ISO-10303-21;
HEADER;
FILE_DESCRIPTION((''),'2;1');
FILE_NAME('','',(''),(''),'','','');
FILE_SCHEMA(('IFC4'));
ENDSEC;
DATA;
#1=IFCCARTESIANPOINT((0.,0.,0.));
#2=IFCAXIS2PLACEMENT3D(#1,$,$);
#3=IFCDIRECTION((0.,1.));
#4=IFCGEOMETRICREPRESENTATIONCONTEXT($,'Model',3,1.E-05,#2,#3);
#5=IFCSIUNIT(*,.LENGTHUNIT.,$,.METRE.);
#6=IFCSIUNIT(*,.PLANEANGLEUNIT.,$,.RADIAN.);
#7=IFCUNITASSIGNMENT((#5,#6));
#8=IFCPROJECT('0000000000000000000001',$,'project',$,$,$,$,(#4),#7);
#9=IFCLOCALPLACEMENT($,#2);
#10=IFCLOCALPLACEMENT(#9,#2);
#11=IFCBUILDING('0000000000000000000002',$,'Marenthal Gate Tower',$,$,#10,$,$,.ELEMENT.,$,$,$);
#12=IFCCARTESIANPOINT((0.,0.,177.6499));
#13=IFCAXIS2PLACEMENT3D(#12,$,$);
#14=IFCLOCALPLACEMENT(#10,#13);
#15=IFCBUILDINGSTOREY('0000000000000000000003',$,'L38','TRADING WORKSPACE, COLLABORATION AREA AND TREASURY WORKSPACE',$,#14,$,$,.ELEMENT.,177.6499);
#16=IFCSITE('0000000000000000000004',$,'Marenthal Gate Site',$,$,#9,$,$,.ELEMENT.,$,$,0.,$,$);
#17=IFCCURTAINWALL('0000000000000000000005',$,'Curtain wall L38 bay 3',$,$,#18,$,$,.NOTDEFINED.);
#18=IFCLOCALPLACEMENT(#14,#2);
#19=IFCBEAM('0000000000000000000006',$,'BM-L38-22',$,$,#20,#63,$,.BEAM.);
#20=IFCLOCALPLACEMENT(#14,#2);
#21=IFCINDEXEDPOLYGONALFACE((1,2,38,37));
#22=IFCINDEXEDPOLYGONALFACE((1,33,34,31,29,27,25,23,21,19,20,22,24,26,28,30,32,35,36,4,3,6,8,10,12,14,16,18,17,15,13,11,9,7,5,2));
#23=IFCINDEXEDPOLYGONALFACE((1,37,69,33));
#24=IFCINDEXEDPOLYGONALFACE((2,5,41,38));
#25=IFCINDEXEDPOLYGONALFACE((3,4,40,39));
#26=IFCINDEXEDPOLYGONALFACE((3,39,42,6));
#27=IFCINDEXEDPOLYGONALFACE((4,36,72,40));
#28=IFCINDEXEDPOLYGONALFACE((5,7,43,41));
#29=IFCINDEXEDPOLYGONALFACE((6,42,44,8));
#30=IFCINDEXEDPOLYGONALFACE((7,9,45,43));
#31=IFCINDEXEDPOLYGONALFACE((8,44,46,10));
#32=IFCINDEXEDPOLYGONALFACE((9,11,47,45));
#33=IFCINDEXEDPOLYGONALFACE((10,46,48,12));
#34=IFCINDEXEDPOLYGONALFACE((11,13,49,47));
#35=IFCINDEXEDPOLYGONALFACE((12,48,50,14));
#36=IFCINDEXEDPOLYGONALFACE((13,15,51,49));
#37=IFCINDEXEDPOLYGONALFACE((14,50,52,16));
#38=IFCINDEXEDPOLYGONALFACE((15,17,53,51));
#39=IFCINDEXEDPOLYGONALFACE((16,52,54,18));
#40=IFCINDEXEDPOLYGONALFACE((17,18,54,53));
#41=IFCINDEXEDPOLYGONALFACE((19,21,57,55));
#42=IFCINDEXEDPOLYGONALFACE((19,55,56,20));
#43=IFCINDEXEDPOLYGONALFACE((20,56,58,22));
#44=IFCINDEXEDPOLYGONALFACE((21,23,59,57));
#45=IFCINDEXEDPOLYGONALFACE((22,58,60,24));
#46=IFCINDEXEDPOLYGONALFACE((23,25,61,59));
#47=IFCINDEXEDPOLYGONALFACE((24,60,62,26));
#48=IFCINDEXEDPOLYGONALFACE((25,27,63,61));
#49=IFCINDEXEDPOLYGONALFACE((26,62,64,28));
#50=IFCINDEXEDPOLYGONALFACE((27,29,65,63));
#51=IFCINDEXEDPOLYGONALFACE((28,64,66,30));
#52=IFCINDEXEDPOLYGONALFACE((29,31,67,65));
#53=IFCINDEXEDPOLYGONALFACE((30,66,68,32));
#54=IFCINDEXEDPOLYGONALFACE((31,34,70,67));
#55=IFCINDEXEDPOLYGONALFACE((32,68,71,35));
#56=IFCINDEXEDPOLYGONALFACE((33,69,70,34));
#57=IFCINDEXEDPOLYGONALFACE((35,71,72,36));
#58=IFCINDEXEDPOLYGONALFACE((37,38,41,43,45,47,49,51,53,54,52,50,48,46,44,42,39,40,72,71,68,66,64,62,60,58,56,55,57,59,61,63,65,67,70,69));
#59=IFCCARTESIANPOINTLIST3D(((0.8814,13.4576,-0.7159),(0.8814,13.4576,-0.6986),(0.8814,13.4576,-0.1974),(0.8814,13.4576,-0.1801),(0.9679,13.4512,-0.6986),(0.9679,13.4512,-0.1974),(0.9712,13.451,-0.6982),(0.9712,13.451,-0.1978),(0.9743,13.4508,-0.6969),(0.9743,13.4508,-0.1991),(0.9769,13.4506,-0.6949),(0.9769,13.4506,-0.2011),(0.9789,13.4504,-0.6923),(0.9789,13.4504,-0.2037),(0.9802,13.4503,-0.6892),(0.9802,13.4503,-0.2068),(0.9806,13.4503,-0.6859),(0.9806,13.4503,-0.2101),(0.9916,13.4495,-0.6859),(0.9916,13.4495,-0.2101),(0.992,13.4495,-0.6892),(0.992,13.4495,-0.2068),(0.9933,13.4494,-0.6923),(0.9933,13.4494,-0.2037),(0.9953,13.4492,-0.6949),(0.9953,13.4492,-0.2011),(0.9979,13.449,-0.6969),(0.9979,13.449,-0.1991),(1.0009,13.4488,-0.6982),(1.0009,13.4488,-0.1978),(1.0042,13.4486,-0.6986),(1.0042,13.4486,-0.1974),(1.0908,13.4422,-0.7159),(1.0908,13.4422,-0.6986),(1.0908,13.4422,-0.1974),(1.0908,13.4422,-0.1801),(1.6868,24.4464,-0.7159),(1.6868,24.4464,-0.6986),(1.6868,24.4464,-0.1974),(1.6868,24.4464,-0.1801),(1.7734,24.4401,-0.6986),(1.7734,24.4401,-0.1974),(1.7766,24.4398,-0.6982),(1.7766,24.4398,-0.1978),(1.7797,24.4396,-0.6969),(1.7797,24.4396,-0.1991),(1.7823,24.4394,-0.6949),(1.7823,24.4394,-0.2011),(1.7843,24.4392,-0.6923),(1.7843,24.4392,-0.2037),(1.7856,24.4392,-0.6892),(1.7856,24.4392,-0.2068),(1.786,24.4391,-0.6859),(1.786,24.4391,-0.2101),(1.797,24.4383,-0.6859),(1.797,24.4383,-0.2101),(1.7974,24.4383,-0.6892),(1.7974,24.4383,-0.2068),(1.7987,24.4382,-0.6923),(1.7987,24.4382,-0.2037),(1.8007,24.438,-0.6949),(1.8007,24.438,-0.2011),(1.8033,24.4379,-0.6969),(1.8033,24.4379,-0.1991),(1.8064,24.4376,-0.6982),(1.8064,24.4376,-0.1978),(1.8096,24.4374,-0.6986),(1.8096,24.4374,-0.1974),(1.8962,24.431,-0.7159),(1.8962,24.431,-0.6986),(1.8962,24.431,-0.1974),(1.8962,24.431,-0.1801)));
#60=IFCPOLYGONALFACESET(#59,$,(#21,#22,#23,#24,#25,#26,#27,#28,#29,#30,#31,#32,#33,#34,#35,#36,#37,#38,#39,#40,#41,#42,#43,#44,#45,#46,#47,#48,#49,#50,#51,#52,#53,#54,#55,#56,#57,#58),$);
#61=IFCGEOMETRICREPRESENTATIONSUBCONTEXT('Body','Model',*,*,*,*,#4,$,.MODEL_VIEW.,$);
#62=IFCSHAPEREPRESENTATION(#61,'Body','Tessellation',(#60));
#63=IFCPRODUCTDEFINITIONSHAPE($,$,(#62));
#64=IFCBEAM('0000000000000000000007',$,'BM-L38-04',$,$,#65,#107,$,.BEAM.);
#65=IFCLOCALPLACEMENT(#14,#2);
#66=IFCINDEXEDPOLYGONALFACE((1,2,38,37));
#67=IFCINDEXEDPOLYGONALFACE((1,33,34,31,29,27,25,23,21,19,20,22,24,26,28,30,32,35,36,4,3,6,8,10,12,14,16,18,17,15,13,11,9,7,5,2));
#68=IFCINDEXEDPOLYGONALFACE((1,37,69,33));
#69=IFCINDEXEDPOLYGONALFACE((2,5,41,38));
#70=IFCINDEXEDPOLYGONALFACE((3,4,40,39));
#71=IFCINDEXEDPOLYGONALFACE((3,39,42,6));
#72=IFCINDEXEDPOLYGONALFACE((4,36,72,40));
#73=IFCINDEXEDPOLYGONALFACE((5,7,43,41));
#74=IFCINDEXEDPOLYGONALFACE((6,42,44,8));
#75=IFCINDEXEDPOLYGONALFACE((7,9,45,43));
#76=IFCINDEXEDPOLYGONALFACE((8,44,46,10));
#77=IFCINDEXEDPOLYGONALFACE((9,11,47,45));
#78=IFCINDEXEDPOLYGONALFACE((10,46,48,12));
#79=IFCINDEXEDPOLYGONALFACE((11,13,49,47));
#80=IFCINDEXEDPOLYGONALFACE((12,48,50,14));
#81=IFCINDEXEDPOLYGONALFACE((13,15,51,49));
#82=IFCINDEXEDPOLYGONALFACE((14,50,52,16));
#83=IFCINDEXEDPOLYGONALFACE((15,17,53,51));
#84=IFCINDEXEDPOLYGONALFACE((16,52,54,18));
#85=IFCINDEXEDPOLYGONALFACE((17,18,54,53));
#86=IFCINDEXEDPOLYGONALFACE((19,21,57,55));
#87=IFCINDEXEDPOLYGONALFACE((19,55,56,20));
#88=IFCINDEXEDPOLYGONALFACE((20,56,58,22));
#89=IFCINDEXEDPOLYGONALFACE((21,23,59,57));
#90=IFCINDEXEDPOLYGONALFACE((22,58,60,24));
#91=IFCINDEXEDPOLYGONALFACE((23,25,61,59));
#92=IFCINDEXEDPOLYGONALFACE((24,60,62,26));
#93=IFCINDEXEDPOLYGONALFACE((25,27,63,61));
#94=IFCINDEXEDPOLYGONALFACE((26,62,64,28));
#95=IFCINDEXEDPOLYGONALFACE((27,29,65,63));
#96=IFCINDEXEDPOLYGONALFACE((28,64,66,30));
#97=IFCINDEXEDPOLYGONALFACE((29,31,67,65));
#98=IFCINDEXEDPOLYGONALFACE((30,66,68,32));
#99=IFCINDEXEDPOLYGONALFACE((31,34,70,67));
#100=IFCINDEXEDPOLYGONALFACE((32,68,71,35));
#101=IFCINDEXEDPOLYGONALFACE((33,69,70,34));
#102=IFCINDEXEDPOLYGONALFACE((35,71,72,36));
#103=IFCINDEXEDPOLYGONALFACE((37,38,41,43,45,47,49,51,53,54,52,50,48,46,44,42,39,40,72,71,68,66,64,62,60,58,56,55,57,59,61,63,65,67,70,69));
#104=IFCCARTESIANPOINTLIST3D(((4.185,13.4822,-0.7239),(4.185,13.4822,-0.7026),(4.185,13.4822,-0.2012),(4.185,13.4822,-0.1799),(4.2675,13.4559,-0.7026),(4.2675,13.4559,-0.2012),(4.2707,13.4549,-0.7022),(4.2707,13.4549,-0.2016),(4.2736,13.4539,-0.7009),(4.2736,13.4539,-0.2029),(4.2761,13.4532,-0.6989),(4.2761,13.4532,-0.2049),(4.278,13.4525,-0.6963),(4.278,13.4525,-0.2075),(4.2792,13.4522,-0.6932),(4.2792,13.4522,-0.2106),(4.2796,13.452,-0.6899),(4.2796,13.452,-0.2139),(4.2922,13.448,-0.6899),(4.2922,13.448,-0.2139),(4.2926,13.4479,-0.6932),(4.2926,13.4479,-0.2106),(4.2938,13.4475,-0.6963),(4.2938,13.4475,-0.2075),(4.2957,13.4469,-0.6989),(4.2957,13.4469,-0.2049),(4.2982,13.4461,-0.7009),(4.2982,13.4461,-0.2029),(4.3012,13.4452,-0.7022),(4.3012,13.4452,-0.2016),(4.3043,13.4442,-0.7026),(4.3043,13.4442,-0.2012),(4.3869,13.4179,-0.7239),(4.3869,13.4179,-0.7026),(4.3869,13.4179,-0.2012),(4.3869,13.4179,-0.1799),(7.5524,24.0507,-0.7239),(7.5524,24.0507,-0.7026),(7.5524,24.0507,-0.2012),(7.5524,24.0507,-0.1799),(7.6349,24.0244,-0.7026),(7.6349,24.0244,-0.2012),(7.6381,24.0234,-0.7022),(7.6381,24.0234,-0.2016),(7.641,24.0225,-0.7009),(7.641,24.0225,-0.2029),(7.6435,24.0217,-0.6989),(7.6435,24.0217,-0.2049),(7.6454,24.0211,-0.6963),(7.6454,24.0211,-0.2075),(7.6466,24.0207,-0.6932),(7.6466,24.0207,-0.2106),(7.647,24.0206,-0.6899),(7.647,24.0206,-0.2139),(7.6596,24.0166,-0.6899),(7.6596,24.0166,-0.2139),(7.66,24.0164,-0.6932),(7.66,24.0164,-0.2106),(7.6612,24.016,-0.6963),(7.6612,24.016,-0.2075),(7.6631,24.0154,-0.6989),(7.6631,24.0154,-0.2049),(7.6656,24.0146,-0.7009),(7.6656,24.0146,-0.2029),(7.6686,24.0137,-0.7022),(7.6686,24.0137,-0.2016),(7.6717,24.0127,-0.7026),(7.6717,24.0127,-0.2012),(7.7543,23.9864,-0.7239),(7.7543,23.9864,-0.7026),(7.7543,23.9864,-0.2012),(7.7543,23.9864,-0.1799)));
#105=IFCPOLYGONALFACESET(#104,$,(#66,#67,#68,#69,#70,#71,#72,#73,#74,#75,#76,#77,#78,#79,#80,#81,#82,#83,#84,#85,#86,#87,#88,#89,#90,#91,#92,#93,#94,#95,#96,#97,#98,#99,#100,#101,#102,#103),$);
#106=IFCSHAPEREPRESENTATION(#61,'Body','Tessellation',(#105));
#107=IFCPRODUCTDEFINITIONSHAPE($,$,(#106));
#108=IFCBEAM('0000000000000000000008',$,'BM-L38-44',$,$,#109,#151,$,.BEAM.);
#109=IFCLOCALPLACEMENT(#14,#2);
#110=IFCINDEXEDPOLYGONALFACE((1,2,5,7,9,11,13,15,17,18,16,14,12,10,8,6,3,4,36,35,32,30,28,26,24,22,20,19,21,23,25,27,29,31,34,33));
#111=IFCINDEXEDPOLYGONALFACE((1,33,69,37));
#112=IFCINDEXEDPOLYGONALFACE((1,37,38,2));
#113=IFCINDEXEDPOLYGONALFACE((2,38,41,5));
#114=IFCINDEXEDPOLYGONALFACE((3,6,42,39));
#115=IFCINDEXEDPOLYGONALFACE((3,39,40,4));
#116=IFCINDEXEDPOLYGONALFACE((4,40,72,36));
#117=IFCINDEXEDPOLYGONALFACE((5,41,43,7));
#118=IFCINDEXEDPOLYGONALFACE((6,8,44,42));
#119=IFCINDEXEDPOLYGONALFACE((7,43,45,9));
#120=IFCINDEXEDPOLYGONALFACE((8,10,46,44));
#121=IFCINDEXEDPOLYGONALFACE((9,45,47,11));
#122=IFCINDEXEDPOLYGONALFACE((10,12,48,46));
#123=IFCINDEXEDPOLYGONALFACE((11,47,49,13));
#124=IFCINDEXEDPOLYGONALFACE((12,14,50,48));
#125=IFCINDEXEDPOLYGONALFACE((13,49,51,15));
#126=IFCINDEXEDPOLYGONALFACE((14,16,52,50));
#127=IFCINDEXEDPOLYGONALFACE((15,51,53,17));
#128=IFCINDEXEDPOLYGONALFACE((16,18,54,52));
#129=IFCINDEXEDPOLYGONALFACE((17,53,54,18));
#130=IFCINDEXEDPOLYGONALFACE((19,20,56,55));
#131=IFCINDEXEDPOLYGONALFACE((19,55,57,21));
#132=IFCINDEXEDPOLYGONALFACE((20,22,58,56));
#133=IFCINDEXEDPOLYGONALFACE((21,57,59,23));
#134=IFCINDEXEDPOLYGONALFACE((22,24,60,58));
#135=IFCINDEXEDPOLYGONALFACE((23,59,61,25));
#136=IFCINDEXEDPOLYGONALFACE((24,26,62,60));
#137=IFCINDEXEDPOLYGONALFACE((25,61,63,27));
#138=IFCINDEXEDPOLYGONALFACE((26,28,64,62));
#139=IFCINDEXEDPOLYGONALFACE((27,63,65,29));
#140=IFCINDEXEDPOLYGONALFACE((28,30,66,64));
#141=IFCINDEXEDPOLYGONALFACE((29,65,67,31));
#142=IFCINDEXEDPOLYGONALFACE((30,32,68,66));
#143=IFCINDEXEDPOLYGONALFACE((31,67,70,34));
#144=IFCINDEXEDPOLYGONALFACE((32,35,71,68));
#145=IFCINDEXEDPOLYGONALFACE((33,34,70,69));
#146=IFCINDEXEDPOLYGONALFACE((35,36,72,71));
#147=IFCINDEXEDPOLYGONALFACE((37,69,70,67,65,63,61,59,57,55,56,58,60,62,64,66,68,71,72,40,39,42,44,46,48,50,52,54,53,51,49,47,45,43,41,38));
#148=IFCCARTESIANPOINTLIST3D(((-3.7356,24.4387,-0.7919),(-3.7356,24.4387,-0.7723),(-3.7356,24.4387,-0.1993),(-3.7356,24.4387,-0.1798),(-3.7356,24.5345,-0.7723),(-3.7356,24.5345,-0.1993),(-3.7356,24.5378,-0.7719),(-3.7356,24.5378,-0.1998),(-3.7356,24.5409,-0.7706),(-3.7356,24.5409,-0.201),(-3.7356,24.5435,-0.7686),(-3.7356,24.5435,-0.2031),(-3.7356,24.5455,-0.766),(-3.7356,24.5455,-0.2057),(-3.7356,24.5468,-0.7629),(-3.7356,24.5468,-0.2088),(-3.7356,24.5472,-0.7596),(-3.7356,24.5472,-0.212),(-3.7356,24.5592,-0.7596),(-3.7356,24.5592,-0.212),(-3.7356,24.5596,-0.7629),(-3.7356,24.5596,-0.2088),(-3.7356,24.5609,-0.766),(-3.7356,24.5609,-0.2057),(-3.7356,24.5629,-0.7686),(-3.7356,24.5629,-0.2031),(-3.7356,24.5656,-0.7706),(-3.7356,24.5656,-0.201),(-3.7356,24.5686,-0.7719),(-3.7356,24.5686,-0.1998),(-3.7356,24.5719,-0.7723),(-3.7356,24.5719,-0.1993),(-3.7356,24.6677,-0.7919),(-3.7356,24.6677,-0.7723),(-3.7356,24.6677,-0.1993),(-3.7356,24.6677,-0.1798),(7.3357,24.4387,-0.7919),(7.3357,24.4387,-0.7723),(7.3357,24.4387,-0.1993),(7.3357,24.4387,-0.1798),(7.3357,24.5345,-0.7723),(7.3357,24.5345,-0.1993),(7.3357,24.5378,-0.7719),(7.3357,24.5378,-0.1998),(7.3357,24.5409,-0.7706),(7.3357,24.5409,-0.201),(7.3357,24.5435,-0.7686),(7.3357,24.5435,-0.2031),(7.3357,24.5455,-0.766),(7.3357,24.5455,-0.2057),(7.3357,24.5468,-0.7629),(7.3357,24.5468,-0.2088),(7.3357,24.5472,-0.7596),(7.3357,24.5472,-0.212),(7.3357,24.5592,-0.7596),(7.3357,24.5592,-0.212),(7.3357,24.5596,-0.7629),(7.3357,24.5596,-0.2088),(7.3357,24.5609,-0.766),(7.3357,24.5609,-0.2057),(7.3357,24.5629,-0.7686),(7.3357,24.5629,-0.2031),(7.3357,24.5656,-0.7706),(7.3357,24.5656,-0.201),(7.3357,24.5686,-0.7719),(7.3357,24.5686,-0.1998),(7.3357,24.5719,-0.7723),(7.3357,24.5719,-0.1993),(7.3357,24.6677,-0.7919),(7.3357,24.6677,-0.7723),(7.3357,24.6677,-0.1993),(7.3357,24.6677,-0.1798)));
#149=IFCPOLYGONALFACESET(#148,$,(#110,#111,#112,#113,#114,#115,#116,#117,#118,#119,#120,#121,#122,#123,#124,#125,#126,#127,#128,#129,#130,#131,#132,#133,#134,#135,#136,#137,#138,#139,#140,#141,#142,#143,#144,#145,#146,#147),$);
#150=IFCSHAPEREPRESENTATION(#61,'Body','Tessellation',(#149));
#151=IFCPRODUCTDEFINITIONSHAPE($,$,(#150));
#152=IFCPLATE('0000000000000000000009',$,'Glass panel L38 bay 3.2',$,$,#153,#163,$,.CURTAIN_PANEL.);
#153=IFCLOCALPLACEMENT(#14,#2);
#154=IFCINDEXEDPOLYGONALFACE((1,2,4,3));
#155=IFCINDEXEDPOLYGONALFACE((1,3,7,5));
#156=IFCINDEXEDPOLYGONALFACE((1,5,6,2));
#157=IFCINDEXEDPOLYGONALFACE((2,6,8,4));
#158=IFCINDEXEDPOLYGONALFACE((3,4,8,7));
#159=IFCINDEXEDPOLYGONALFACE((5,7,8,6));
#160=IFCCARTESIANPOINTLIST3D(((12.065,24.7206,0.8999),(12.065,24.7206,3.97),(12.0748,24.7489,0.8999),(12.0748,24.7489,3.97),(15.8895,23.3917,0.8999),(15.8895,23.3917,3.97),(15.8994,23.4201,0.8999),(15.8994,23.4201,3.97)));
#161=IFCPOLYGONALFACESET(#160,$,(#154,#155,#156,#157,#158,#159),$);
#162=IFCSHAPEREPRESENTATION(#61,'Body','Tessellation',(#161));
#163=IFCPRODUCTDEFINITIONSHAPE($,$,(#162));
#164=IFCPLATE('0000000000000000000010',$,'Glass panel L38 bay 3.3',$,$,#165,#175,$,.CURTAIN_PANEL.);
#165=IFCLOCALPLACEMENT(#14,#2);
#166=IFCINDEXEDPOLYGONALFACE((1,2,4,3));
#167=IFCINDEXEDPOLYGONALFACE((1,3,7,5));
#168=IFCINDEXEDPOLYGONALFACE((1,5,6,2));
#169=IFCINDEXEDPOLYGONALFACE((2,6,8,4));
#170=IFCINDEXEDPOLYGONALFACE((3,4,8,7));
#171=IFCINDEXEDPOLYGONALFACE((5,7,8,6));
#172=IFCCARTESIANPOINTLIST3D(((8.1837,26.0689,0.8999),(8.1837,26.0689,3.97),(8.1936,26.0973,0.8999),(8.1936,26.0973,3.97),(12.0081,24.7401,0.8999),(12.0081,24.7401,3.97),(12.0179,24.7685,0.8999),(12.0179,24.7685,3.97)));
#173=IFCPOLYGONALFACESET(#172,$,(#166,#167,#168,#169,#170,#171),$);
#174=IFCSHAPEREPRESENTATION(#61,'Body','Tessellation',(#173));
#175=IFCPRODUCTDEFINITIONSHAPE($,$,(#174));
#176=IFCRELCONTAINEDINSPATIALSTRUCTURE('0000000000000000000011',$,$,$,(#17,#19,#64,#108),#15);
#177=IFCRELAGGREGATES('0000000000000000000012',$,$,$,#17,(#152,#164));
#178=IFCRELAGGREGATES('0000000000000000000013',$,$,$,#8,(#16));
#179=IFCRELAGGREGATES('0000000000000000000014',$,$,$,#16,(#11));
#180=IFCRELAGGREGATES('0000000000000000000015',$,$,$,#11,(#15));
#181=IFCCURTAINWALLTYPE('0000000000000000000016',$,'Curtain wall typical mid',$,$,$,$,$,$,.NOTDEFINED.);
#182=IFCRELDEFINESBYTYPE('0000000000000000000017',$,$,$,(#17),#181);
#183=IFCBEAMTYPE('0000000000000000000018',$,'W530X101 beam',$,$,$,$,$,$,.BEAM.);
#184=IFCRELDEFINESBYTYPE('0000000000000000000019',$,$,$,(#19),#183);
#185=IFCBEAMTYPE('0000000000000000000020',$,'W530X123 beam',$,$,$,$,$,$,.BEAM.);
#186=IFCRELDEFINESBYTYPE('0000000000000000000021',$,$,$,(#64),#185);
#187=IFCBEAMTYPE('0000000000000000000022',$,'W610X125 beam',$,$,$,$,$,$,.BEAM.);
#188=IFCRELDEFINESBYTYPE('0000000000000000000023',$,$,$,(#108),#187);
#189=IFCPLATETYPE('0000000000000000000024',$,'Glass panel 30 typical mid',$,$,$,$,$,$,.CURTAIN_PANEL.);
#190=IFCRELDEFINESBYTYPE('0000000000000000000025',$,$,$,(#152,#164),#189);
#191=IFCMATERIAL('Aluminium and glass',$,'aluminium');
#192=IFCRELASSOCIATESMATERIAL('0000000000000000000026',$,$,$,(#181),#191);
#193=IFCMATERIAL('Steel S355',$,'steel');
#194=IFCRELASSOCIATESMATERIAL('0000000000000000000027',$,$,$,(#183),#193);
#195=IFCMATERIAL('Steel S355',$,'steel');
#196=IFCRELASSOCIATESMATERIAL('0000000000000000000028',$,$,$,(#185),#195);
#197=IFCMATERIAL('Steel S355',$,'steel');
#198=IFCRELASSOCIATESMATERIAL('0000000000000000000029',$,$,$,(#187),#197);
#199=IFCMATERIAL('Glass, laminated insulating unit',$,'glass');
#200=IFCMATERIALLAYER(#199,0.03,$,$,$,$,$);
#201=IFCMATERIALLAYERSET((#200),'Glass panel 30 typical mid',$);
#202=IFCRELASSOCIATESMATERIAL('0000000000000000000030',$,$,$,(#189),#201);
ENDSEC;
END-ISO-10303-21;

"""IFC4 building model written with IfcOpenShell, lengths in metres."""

from ifc_helpers import new_model, si_unit, direction, frame, origin, origin_2d, place, context, subcontext, project, spatial, rectangle, i_section, extrude, material, layer, layer_set, material_profile, profile_set, type_object, element, aggregate, save


model = new_model("IFC4")

# Units and contexts
model_context = context("Model", 3, precision=1e-05, world=origin(), true_north=direction((0.0, 1.0)))
body_context = subcontext(model_context, "Body", "Model", "MODEL_VIEW")
ifc_project = project(units=[si_unit("LENGTHUNIT", "METRE"), si_unit("PLANEANGLEUNIT", "RADIAN")], contexts=[model_context])

# Site, building, storey
site_placement = place(None, origin())
site = spatial("IfcSite", under=ifc_project, at=site_placement, Name="Marenthal Gate Site", CompositionType="ELEMENT", RefElevation=0.0)
building_placement = place(site_placement, origin())
building = spatial("IfcBuilding", under=site, at=building_placement, Name="Marenthal Gate Tower", CompositionType="ELEMENT")
storey_placement = place(building_placement, frame((0.0, 0.0, 177.6499)))
storey = spatial("IfcBuildingStorey", under=building, at=storey_placement, Name="L38", Description="TRADING WORKSPACE, COLLABORATION AREA AND TREASURY WORKSPACE", CompositionType="ELEMENT", Elevation=177.6499)

# Curtain wall
ifc_material_1 = material(Name="Aluminium and glass", Category="aluminium")
curtain_wall_type = type_object("IfcCurtainWallType", Name="Curtain wall typical mid", PredefinedType="NOTDEFINED", material=ifc_material_1)
curtain_wall_placement = place(storey_placement, origin())
curtain_wall = element("IfcCurtainWall", 1, at=curtain_wall_placement, inside=storey, type_object=curtain_wall_type, Name="Curtain wall L38 bay 3", PredefinedType="NOTDEFINED")

# Beams
ifc_material_2 = material(Name="Steel S355", Category="steel")
ifc_material_profile_1 = material_profile(ifc_material_2, i_section(OverallWidth=0.21, OverallDepth=0.5359, WebThickness=0.011, FlangeThickness=0.0173, FilletRadius=0.0127, at=origin_2d()), Name="W530X101")
ifc_profile_set_1 = profile_set([ifc_material_profile_1], Name="Steel S355")
beam_type_1 = type_object("IfcBeamType", Name="W530X101 beam", PredefinedType="BEAM", material=ifc_profile_set_1)
beam_1_placement = place(storey_placement, frame((1.7915, 24.4387, -0.448), z_axis=(-0.073099, -0.997325, 0.0), x_axis=(0.997325, -0.073099, 0.0)))
element("IfcBeam", 2, at=beam_1_placement, inside=storey, type_object=beam_type_1, Name="BM-L38-22", PredefinedType="BEAM", context=body_context, shape_type="SweptSolid", body=[
    extrude(i_section(OverallWidth=0.21, OverallDepth=0.5359, WebThickness=0.011, FlangeThickness=0.0173, FilletRadius=0.0127, at=origin_2d()), origin(), (0.0, 0.0, 1.0), 11.0183),
])
ifc_material_3 = material(Name="Steel S355", Category="steel")
ifc_material_profile_2 = material_profile(ifc_material_3, i_section(OverallWidth=0.2119, OverallDepth=0.5439, WebThickness=0.0132, FlangeThickness=0.0212, FilletRadius=0.0127, at=origin_2d()), Name="W530X123")
ifc_profile_set_2 = profile_set([ifc_material_profile_2], Name="Steel S355")
beam_type_2 = type_object("IfcBeamType", Name="W530X123 beam", PredefinedType="BEAM", material=ifc_profile_set_2)
beam_2_placement = place(storey_placement, frame((7.6533, 24.0186, -0.4519), z_axis=(-0.303588, -0.952803, 0.0), x_axis=(0.952803, -0.303588, 0.0)))
element("IfcBeam", 3, at=beam_2_placement, inside=storey, type_object=beam_type_2, Name="BM-L38-04", PredefinedType="BEAM", context=body_context, shape_type="SweptSolid", body=[
    extrude(i_section(OverallWidth=0.2119, OverallDepth=0.5439, WebThickness=0.0132, FlangeThickness=0.0212, FilletRadius=0.0127, at=origin_2d()), origin(), (0.0, 0.0, 1.0), 11.092),
])
ifc_material_4 = material(Name="Steel S355", Category="steel")
ifc_material_profile_3 = material_profile(ifc_material_4, i_section(OverallWidth=0.229, OverallDepth=0.6121, WebThickness=0.012, FlangeThickness=0.0195, FilletRadius=0.0127, at=origin_2d()), Name="W610X125")
ifc_profile_set_3 = profile_set([ifc_material_profile_3], Name="Steel S355")
beam_type_3 = type_object("IfcBeamType", Name="W610X125 beam", PredefinedType="BEAM", material=ifc_profile_set_3)
beam_3_placement = place(storey_placement, frame((7.3357, 24.5532, -0.4858), z_axis=(-1.0, 0.0, 0.0), x_axis=(0.0, -1.0, 0.0)))
element("IfcBeam", 4, at=beam_3_placement, inside=storey, type_object=beam_type_3, Name="BM-L38-44", PredefinedType="BEAM", context=body_context, shape_type="SweptSolid", body=[
    extrude(i_section(OverallWidth=0.229, OverallDepth=0.6121, WebThickness=0.012, FlangeThickness=0.0195, FilletRadius=0.0127, at=origin_2d()), origin(), (0.0, 0.0, 1.0), 11.0713),
])

# Plates
ifc_material_5 = material(Name="Glass, laminated insulating unit", Category="glass")
ifc_layer_1 = layer(ifc_material_5, 0.03)
ifc_layer_set_1 = layer_set([ifc_layer_1], Name="Glass panel 30 typical mid")
plate_type = type_object("IfcPlateType", Name="Glass panel 30 typical mid", PredefinedType="CURTAIN_PANEL", material=ifc_layer_set_1)
plate_1_placement = place(storey_placement, frame((13.9822, 24.0703, 0.8999), z_axis=(0.0, 0.0, 1.0), x_axis=(-0.944604, 0.328211, 0.0)))
plate_1 = element("IfcPlate", 5, at=plate_1_placement, type_object=plate_type, Name="Glass panel L38 bay 3.2", PredefinedType="CURTAIN_PANEL", context=body_context, shape_type="SweptSolid", body=[
    extrude(rectangle(XDim=4.0488, YDim=0.03, at=origin_2d()), origin(), (0.0, 0.0, 1.0), 3.0701),
])
plate_2_placement = place(storey_placement, frame((10.1008, 25.4187, 0.8999), z_axis=(0.0, 0.0, 1.0), x_axis=(-0.944604, 0.328211, 0.0)))
plate_2 = element("IfcPlate", 6, at=plate_2_placement, type_object=plate_type, Name="Glass panel L38 bay 3.3", PredefinedType="CURTAIN_PANEL", context=body_context, shape_type="SweptSolid", body=[
    extrude(rectangle(XDim=4.0486, YDim=0.03, at=origin_2d()), origin(), (0.0, 0.0, 1.0), 3.0701),
])
aggregate(curtain_wall, [plate_1, plate_2])

save(model, "model.ifc")
